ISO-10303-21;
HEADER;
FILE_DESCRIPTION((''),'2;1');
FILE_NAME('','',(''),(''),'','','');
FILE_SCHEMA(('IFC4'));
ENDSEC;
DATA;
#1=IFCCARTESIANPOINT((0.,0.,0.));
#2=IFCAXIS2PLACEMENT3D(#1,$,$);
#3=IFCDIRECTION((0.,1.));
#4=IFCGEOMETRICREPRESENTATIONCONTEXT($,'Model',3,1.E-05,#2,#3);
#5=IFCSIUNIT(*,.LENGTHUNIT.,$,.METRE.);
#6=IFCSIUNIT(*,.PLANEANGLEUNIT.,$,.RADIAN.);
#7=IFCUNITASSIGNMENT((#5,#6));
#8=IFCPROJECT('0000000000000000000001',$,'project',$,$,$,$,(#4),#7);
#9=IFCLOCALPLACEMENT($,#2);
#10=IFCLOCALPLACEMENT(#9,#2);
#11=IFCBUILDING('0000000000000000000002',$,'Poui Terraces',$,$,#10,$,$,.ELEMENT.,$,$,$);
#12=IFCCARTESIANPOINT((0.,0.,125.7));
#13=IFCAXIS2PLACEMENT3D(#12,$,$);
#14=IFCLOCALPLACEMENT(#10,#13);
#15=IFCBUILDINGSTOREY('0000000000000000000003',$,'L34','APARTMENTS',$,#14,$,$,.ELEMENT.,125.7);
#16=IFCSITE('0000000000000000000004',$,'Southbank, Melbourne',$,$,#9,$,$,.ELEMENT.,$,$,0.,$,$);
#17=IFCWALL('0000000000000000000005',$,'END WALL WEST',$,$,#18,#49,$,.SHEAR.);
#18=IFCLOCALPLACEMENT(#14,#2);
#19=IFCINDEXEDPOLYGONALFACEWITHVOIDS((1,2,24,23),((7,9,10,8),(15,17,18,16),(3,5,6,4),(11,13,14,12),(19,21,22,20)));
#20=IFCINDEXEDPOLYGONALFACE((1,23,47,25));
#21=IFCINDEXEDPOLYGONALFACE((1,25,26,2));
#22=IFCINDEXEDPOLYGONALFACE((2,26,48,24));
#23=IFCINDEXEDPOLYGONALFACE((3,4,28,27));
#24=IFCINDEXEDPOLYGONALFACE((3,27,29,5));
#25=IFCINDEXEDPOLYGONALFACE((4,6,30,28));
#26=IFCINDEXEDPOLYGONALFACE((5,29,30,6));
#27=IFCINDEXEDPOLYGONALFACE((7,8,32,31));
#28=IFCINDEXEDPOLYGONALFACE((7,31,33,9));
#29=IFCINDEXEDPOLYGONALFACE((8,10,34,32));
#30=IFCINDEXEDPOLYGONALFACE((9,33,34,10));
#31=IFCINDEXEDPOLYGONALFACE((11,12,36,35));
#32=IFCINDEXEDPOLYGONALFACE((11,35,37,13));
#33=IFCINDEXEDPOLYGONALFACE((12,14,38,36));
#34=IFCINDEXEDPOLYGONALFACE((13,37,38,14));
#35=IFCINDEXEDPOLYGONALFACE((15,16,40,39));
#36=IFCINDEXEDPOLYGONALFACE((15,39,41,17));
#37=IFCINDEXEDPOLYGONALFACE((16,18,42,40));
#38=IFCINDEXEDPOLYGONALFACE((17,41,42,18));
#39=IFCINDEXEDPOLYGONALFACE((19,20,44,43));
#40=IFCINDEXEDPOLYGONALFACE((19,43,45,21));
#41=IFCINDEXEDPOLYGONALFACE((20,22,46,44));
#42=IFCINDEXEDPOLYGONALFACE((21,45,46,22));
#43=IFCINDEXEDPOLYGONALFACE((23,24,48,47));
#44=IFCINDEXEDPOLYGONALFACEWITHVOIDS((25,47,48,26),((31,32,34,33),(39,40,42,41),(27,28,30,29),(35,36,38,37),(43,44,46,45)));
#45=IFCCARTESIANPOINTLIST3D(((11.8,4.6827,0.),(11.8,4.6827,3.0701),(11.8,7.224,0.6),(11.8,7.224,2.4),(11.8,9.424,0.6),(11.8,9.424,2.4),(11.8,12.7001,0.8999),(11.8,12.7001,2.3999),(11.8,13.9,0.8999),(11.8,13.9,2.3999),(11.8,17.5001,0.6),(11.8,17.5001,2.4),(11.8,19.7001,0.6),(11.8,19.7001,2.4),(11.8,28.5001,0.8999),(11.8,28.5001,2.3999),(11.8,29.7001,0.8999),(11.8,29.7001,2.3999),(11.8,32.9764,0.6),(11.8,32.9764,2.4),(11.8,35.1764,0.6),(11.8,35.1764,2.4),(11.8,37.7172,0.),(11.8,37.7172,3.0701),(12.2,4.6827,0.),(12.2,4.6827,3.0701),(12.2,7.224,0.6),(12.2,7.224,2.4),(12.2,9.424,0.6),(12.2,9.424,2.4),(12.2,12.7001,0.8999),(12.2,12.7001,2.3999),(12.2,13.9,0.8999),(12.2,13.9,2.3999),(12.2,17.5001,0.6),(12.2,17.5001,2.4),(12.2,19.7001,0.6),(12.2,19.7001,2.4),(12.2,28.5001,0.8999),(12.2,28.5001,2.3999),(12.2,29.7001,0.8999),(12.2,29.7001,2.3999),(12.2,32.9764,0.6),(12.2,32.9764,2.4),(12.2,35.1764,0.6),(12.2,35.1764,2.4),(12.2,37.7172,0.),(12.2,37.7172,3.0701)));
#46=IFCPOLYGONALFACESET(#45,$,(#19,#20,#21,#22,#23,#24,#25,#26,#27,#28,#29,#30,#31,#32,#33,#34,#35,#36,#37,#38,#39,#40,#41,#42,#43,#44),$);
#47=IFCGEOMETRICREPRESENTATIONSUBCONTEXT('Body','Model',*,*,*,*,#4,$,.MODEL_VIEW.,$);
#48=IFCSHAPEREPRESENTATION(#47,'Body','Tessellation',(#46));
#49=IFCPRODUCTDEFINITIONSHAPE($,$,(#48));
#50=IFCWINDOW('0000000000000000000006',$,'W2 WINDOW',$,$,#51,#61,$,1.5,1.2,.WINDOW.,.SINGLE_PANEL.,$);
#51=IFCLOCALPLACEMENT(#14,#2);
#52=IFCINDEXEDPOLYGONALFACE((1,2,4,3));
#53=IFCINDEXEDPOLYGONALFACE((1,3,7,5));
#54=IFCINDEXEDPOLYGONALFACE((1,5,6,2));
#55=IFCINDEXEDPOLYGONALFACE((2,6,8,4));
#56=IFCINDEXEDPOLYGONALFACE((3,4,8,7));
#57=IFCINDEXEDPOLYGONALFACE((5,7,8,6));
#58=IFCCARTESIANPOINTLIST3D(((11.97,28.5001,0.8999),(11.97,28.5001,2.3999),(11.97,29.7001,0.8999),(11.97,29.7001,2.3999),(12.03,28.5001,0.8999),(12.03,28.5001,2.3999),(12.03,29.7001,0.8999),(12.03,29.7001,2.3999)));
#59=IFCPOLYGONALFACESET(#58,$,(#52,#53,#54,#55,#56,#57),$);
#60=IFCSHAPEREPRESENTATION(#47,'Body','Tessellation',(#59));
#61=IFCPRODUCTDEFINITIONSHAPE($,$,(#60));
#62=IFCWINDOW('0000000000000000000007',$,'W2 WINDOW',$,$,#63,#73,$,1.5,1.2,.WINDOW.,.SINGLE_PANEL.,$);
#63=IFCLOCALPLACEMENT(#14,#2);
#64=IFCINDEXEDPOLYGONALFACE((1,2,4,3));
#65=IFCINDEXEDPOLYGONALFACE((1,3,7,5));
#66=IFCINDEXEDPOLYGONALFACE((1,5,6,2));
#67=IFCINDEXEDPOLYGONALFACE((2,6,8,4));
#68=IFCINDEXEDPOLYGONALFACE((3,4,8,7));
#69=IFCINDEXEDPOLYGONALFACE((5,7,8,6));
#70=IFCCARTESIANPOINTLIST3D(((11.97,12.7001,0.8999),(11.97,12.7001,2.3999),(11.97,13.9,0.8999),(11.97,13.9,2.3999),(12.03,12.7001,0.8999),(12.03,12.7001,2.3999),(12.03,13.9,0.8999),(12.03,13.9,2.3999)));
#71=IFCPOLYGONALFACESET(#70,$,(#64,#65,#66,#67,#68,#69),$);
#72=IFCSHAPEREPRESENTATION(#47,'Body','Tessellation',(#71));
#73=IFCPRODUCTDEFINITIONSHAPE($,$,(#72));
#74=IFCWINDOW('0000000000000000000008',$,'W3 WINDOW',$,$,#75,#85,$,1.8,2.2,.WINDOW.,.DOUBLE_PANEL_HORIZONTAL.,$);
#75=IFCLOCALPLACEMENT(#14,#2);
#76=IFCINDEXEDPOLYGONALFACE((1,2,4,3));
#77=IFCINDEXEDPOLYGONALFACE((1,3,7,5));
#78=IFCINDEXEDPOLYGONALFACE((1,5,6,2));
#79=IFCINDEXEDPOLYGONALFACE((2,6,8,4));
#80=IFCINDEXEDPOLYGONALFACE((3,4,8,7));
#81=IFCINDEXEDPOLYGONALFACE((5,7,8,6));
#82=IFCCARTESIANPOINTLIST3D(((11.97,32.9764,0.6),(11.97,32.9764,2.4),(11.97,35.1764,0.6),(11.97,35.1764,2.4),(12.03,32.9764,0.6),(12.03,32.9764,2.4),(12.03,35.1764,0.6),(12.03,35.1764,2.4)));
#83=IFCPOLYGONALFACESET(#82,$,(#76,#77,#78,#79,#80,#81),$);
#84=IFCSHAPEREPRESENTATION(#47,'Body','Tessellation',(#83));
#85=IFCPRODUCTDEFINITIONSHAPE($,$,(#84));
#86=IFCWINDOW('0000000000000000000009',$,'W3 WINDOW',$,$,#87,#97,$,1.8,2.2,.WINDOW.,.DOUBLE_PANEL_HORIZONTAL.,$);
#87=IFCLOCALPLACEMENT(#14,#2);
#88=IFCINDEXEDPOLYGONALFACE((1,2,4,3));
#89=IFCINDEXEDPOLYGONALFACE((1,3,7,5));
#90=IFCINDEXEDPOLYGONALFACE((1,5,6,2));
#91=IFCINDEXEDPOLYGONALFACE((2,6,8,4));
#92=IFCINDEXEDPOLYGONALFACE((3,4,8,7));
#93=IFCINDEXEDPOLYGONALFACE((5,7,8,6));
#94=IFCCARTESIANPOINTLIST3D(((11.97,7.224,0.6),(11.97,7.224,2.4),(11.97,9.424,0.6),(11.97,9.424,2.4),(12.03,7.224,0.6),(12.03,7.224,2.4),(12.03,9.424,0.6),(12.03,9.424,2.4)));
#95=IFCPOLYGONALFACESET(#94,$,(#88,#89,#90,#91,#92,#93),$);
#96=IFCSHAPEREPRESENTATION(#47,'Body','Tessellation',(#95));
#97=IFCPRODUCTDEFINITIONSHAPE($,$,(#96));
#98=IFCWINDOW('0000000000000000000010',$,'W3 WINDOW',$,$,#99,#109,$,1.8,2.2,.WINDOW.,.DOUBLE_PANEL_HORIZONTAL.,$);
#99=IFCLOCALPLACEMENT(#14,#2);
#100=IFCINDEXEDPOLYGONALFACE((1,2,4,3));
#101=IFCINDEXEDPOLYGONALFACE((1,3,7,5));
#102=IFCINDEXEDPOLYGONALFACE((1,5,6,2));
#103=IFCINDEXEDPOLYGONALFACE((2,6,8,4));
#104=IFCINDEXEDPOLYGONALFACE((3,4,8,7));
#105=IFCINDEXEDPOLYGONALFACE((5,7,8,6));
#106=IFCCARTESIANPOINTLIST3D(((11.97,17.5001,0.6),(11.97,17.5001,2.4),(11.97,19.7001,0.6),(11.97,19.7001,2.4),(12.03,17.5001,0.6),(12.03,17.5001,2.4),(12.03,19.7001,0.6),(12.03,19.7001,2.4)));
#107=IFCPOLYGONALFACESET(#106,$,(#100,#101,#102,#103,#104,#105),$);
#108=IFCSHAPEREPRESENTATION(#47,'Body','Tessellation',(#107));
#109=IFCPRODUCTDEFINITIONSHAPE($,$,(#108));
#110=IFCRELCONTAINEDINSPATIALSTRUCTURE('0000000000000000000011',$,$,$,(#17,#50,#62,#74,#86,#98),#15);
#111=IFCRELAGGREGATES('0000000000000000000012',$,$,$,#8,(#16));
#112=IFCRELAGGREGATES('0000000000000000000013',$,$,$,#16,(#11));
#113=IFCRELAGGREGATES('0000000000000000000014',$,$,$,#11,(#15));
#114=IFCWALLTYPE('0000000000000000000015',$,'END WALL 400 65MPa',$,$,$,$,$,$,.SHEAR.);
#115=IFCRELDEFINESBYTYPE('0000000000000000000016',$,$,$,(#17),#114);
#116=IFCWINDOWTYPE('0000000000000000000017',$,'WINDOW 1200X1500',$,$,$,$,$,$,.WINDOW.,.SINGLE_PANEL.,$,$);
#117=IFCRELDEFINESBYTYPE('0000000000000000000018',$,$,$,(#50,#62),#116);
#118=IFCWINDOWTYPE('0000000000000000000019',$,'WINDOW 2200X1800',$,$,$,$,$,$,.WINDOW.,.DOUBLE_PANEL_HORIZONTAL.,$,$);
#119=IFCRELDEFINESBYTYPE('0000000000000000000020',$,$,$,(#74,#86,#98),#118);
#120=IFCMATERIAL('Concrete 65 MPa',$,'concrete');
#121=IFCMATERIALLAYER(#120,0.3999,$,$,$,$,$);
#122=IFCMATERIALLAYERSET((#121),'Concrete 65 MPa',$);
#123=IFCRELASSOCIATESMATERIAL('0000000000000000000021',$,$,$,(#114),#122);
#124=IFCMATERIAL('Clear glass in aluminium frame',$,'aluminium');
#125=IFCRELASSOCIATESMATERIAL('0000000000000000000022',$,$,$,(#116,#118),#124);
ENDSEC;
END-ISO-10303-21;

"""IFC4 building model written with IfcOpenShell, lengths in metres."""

from ifc_helpers import new_model, si_unit, direction, frame, frame_2d, origin, place, context, subcontext, project, spatial, rectangle, extrude, material, layer, layer_set, type_object, element, fill, save


model = new_model("IFC4")

# Units and contexts
model_context = context("Model", 3, precision=1e-05, world=origin(), true_north=direction((0.0, 1.0)))
body_context = subcontext(model_context, "Body", "Model", "MODEL_VIEW")
ifc_project = project(units=[si_unit("LENGTHUNIT", "METRE"), si_unit("PLANEANGLEUNIT", "RADIAN")], contexts=[model_context])

# Site, building, storey
site_placement = place(None, origin())
site = spatial("IfcSite", under=ifc_project, at=site_placement, Name="Southbank, Melbourne", CompositionType="ELEMENT", RefElevation=0.0)
building_placement = place(site_placement, origin())
building = spatial("IfcBuilding", under=site, at=building_placement, Name="Poui Terraces", CompositionType="ELEMENT")
storey_placement = place(building_placement, frame((0.0, 0.0, 125.7)))
storey = spatial("IfcBuildingStorey", under=building, at=storey_placement, Name="L34", Description="APARTMENTS", CompositionType="ELEMENT", Elevation=125.7)

# Shared definitions
ifc_material_1 = material(Name="Concrete 65 MPa", Category="concrete")

# Wall, openings, windows
ifc_layer_1 = layer(ifc_material_1, 0.3999)
ifc_layer_set_1 = layer_set([ifc_layer_1], Name="Concrete 65 MPa")
wall_type_1 = type_object("IfcWallType", Name="END WALL 400 65MPa", PredefinedType="SHEAR", material=ifc_layer_set_1)
wall_1_placement = place(storey_placement, frame((12.0, 4.6829, 0.0), z_axis=(0.0, 0.0, 1.0), x_axis=(0.0, 1.0, 0.0)))
wall_1 = element("IfcWall", 1, at=wall_1_placement, inside=storey, type_object=wall_type_1, Name="END WALL WEST", PredefinedType="SHEAR", context=body_context, shape_type="SweptSolid", body=[
    extrude(rectangle(XDim=33.0344, YDim=0.3999, at=frame_2d((16.5171, 0.0))), origin(), (0.0, 0.0, 1.0), 3.0701),
])
opening_1_placement = place(wall_1_placement, frame((23.8171, 0.0, 0.8999)))
opening_1 = element("IfcOpeningElement", 2, at=opening_1_placement, cuts=wall_1, PredefinedType="OPENING", context=body_context, shape_type="SweptSolid", body=[
    extrude(rectangle(XDim=1.2, YDim=1.5, at=frame_2d((0.6001, 0.75))), frame((0.0, 0.21, 0.0), z_axis=(0.0, -1.0, 0.0), x_axis=(1.0, 0.0, 0.0)), (0.0, 0.0, 1.0), 0.4199),
])
opening_2_placement = place(wall_1_placement, frame((8.0171, 0.0, 0.8999)))
opening_2 = element("IfcOpeningElement", 3, at=opening_2_placement, cuts=wall_1, PredefinedType="OPENING", context=body_context, shape_type="SweptSolid", body=[
    extrude(rectangle(XDim=1.2, YDim=1.5, at=frame_2d((0.6001, 0.75))), frame((0.0, 0.21, 0.0), z_axis=(0.0, -1.0, 0.0), x_axis=(1.0, 0.0, 0.0)), (0.0, 0.0, 1.0), 0.4199),
])
opening_3_placement = place(wall_1_placement, frame((28.2935, 0.0, 0.6001)))
opening_3 = element("IfcOpeningElement", 4, at=opening_3_placement, cuts=wall_1, PredefinedType="OPENING", context=body_context, shape_type="SweptSolid", body=[
    extrude(rectangle(XDim=2.2, YDim=1.8, at=frame_2d((1.1001, 0.8999))), frame((0.0, 0.21, 0.0), z_axis=(0.0, -1.0, 0.0), x_axis=(1.0, 0.0, 0.0)), (0.0, 0.0, 1.0), 0.4199),
])
opening_4_placement = place(wall_1_placement, frame((2.541, 0.0, 0.6001)))
opening_4 = element("IfcOpeningElement", 5, at=opening_4_placement, cuts=wall_1, PredefinedType="OPENING", context=body_context, shape_type="SweptSolid", body=[
    extrude(rectangle(XDim=2.2, YDim=1.8, at=frame_2d((1.1001, 0.8999))), frame((0.0, 0.21, 0.0), z_axis=(0.0, -1.0, 0.0), x_axis=(1.0, 0.0, 0.0)), (0.0, 0.0, 1.0), 0.4199),
])
opening_5_placement = place(wall_1_placement, frame((12.8171, 0.0, 0.6001)))
opening_5 = element("IfcOpeningElement", 6, at=opening_5_placement, cuts=wall_1, PredefinedType="OPENING", context=body_context, shape_type="SweptSolid", body=[
    extrude(rectangle(XDim=2.2, YDim=1.8, at=frame_2d((1.1001, 0.8999))), frame((0.0, 0.21, 0.0), z_axis=(0.0, -1.0, 0.0), x_axis=(1.0, 0.0, 0.0)), (0.0, 0.0, 1.0), 0.4199),
])
ifc_material_2 = material(Name="Clear glass in aluminium frame", Category="aluminium")
window_type_1 = type_object("IfcWindowType", Name="WINDOW 1200X1500", PartitioningType="SINGLE_PANEL", PredefinedType="WINDOW", material=ifc_material_2)
window_1_placement = place(opening_1_placement, origin())
window_1 = element("IfcWindow", 7, at=window_1_placement, inside=storey, type_object=window_type_1, Name="W2 WINDOW", OverallHeight=1.5, OverallWidth=1.2, PartitioningType="SINGLE_PANEL", PredefinedType="WINDOW", context=body_context, shape_type="SweptSolid", body=[
    extrude(rectangle(XDim=1.2, YDim=1.5, at=frame_2d((0.6001, 0.75))), frame((0.0, 0.03, 0.0), z_axis=(0.0, -1.0, 0.0), x_axis=(1.0, 0.0, 0.0)), (0.0, 0.0, 1.0), 0.0601),
])
fill(opening_1, window_1)
window_2_placement = place(opening_2_placement, origin())
window_2 = element("IfcWindow", 8, at=window_2_placement, inside=storey, type_object=window_type_1, Name="W2 WINDOW", OverallHeight=1.5, OverallWidth=1.2, PartitioningType="SINGLE_PANEL", PredefinedType="WINDOW", context=body_context, shape_type="SweptSolid", body=[
    extrude(rectangle(XDim=1.2, YDim=1.5, at=frame_2d((0.6001, 0.75))), frame((0.0, 0.03, 0.0), z_axis=(0.0, -1.0, 0.0), x_axis=(1.0, 0.0, 0.0)), (0.0, 0.0, 1.0), 0.0601),
])
fill(opening_2, window_2)
window_type_2 = type_object("IfcWindowType", Name="WINDOW 2200X1800", PartitioningType="DOUBLE_PANEL_HORIZONTAL", PredefinedType="WINDOW", material=ifc_material_2)
window_3_placement = place(opening_3_placement, origin())
window_3 = element("IfcWindow", 9, at=window_3_placement, inside=storey, type_object=window_type_2, Name="W3 WINDOW", OverallHeight=1.8, OverallWidth=2.2, PartitioningType="DOUBLE_PANEL_HORIZONTAL", PredefinedType="WINDOW", context=body_context, shape_type="SweptSolid", body=[
    extrude(rectangle(XDim=2.2, YDim=1.8, at=frame_2d((1.1001, 0.8999))), frame((0.0, 0.03, 0.0), z_axis=(0.0, -1.0, 0.0), x_axis=(1.0, 0.0, 0.0)), (0.0, 0.0, 1.0), 0.0601),
])
fill(opening_3, window_3)
window_4_placement = place(opening_4_placement, origin())
window_4 = element("IfcWindow", 10, at=window_4_placement, inside=storey, type_object=window_type_2, Name="W3 WINDOW", OverallHeight=1.8, OverallWidth=2.2, PartitioningType="DOUBLE_PANEL_HORIZONTAL", PredefinedType="WINDOW", context=body_context, shape_type="SweptSolid", body=[
    extrude(rectangle(XDim=2.2, YDim=1.8, at=frame_2d((1.1001, 0.8999))), frame((0.0, 0.03, 0.0), z_axis=(0.0, -1.0, 0.0), x_axis=(1.0, 0.0, 0.0)), (0.0, 0.0, 1.0), 0.0601),
])
fill(opening_4, window_4)
window_5_placement = place(opening_5_placement, origin())
window_5 = element("IfcWindow", 11, at=window_5_placement, inside=storey, type_object=window_type_2, Name="W3 WINDOW", OverallHeight=1.8, OverallWidth=2.2, PartitioningType="DOUBLE_PANEL_HORIZONTAL", PredefinedType="WINDOW", context=body_context, shape_type="SweptSolid", body=[
    extrude(rectangle(XDim=2.2, YDim=1.8, at=frame_2d((1.1001, 0.8999))), frame((0.0, 0.03, 0.0), z_axis=(0.0, -1.0, 0.0), x_axis=(1.0, 0.0, 0.0)), (0.0, 0.0, 1.0), 0.0601),
])
fill(opening_5, window_5)

save(model, "model.ifc")
